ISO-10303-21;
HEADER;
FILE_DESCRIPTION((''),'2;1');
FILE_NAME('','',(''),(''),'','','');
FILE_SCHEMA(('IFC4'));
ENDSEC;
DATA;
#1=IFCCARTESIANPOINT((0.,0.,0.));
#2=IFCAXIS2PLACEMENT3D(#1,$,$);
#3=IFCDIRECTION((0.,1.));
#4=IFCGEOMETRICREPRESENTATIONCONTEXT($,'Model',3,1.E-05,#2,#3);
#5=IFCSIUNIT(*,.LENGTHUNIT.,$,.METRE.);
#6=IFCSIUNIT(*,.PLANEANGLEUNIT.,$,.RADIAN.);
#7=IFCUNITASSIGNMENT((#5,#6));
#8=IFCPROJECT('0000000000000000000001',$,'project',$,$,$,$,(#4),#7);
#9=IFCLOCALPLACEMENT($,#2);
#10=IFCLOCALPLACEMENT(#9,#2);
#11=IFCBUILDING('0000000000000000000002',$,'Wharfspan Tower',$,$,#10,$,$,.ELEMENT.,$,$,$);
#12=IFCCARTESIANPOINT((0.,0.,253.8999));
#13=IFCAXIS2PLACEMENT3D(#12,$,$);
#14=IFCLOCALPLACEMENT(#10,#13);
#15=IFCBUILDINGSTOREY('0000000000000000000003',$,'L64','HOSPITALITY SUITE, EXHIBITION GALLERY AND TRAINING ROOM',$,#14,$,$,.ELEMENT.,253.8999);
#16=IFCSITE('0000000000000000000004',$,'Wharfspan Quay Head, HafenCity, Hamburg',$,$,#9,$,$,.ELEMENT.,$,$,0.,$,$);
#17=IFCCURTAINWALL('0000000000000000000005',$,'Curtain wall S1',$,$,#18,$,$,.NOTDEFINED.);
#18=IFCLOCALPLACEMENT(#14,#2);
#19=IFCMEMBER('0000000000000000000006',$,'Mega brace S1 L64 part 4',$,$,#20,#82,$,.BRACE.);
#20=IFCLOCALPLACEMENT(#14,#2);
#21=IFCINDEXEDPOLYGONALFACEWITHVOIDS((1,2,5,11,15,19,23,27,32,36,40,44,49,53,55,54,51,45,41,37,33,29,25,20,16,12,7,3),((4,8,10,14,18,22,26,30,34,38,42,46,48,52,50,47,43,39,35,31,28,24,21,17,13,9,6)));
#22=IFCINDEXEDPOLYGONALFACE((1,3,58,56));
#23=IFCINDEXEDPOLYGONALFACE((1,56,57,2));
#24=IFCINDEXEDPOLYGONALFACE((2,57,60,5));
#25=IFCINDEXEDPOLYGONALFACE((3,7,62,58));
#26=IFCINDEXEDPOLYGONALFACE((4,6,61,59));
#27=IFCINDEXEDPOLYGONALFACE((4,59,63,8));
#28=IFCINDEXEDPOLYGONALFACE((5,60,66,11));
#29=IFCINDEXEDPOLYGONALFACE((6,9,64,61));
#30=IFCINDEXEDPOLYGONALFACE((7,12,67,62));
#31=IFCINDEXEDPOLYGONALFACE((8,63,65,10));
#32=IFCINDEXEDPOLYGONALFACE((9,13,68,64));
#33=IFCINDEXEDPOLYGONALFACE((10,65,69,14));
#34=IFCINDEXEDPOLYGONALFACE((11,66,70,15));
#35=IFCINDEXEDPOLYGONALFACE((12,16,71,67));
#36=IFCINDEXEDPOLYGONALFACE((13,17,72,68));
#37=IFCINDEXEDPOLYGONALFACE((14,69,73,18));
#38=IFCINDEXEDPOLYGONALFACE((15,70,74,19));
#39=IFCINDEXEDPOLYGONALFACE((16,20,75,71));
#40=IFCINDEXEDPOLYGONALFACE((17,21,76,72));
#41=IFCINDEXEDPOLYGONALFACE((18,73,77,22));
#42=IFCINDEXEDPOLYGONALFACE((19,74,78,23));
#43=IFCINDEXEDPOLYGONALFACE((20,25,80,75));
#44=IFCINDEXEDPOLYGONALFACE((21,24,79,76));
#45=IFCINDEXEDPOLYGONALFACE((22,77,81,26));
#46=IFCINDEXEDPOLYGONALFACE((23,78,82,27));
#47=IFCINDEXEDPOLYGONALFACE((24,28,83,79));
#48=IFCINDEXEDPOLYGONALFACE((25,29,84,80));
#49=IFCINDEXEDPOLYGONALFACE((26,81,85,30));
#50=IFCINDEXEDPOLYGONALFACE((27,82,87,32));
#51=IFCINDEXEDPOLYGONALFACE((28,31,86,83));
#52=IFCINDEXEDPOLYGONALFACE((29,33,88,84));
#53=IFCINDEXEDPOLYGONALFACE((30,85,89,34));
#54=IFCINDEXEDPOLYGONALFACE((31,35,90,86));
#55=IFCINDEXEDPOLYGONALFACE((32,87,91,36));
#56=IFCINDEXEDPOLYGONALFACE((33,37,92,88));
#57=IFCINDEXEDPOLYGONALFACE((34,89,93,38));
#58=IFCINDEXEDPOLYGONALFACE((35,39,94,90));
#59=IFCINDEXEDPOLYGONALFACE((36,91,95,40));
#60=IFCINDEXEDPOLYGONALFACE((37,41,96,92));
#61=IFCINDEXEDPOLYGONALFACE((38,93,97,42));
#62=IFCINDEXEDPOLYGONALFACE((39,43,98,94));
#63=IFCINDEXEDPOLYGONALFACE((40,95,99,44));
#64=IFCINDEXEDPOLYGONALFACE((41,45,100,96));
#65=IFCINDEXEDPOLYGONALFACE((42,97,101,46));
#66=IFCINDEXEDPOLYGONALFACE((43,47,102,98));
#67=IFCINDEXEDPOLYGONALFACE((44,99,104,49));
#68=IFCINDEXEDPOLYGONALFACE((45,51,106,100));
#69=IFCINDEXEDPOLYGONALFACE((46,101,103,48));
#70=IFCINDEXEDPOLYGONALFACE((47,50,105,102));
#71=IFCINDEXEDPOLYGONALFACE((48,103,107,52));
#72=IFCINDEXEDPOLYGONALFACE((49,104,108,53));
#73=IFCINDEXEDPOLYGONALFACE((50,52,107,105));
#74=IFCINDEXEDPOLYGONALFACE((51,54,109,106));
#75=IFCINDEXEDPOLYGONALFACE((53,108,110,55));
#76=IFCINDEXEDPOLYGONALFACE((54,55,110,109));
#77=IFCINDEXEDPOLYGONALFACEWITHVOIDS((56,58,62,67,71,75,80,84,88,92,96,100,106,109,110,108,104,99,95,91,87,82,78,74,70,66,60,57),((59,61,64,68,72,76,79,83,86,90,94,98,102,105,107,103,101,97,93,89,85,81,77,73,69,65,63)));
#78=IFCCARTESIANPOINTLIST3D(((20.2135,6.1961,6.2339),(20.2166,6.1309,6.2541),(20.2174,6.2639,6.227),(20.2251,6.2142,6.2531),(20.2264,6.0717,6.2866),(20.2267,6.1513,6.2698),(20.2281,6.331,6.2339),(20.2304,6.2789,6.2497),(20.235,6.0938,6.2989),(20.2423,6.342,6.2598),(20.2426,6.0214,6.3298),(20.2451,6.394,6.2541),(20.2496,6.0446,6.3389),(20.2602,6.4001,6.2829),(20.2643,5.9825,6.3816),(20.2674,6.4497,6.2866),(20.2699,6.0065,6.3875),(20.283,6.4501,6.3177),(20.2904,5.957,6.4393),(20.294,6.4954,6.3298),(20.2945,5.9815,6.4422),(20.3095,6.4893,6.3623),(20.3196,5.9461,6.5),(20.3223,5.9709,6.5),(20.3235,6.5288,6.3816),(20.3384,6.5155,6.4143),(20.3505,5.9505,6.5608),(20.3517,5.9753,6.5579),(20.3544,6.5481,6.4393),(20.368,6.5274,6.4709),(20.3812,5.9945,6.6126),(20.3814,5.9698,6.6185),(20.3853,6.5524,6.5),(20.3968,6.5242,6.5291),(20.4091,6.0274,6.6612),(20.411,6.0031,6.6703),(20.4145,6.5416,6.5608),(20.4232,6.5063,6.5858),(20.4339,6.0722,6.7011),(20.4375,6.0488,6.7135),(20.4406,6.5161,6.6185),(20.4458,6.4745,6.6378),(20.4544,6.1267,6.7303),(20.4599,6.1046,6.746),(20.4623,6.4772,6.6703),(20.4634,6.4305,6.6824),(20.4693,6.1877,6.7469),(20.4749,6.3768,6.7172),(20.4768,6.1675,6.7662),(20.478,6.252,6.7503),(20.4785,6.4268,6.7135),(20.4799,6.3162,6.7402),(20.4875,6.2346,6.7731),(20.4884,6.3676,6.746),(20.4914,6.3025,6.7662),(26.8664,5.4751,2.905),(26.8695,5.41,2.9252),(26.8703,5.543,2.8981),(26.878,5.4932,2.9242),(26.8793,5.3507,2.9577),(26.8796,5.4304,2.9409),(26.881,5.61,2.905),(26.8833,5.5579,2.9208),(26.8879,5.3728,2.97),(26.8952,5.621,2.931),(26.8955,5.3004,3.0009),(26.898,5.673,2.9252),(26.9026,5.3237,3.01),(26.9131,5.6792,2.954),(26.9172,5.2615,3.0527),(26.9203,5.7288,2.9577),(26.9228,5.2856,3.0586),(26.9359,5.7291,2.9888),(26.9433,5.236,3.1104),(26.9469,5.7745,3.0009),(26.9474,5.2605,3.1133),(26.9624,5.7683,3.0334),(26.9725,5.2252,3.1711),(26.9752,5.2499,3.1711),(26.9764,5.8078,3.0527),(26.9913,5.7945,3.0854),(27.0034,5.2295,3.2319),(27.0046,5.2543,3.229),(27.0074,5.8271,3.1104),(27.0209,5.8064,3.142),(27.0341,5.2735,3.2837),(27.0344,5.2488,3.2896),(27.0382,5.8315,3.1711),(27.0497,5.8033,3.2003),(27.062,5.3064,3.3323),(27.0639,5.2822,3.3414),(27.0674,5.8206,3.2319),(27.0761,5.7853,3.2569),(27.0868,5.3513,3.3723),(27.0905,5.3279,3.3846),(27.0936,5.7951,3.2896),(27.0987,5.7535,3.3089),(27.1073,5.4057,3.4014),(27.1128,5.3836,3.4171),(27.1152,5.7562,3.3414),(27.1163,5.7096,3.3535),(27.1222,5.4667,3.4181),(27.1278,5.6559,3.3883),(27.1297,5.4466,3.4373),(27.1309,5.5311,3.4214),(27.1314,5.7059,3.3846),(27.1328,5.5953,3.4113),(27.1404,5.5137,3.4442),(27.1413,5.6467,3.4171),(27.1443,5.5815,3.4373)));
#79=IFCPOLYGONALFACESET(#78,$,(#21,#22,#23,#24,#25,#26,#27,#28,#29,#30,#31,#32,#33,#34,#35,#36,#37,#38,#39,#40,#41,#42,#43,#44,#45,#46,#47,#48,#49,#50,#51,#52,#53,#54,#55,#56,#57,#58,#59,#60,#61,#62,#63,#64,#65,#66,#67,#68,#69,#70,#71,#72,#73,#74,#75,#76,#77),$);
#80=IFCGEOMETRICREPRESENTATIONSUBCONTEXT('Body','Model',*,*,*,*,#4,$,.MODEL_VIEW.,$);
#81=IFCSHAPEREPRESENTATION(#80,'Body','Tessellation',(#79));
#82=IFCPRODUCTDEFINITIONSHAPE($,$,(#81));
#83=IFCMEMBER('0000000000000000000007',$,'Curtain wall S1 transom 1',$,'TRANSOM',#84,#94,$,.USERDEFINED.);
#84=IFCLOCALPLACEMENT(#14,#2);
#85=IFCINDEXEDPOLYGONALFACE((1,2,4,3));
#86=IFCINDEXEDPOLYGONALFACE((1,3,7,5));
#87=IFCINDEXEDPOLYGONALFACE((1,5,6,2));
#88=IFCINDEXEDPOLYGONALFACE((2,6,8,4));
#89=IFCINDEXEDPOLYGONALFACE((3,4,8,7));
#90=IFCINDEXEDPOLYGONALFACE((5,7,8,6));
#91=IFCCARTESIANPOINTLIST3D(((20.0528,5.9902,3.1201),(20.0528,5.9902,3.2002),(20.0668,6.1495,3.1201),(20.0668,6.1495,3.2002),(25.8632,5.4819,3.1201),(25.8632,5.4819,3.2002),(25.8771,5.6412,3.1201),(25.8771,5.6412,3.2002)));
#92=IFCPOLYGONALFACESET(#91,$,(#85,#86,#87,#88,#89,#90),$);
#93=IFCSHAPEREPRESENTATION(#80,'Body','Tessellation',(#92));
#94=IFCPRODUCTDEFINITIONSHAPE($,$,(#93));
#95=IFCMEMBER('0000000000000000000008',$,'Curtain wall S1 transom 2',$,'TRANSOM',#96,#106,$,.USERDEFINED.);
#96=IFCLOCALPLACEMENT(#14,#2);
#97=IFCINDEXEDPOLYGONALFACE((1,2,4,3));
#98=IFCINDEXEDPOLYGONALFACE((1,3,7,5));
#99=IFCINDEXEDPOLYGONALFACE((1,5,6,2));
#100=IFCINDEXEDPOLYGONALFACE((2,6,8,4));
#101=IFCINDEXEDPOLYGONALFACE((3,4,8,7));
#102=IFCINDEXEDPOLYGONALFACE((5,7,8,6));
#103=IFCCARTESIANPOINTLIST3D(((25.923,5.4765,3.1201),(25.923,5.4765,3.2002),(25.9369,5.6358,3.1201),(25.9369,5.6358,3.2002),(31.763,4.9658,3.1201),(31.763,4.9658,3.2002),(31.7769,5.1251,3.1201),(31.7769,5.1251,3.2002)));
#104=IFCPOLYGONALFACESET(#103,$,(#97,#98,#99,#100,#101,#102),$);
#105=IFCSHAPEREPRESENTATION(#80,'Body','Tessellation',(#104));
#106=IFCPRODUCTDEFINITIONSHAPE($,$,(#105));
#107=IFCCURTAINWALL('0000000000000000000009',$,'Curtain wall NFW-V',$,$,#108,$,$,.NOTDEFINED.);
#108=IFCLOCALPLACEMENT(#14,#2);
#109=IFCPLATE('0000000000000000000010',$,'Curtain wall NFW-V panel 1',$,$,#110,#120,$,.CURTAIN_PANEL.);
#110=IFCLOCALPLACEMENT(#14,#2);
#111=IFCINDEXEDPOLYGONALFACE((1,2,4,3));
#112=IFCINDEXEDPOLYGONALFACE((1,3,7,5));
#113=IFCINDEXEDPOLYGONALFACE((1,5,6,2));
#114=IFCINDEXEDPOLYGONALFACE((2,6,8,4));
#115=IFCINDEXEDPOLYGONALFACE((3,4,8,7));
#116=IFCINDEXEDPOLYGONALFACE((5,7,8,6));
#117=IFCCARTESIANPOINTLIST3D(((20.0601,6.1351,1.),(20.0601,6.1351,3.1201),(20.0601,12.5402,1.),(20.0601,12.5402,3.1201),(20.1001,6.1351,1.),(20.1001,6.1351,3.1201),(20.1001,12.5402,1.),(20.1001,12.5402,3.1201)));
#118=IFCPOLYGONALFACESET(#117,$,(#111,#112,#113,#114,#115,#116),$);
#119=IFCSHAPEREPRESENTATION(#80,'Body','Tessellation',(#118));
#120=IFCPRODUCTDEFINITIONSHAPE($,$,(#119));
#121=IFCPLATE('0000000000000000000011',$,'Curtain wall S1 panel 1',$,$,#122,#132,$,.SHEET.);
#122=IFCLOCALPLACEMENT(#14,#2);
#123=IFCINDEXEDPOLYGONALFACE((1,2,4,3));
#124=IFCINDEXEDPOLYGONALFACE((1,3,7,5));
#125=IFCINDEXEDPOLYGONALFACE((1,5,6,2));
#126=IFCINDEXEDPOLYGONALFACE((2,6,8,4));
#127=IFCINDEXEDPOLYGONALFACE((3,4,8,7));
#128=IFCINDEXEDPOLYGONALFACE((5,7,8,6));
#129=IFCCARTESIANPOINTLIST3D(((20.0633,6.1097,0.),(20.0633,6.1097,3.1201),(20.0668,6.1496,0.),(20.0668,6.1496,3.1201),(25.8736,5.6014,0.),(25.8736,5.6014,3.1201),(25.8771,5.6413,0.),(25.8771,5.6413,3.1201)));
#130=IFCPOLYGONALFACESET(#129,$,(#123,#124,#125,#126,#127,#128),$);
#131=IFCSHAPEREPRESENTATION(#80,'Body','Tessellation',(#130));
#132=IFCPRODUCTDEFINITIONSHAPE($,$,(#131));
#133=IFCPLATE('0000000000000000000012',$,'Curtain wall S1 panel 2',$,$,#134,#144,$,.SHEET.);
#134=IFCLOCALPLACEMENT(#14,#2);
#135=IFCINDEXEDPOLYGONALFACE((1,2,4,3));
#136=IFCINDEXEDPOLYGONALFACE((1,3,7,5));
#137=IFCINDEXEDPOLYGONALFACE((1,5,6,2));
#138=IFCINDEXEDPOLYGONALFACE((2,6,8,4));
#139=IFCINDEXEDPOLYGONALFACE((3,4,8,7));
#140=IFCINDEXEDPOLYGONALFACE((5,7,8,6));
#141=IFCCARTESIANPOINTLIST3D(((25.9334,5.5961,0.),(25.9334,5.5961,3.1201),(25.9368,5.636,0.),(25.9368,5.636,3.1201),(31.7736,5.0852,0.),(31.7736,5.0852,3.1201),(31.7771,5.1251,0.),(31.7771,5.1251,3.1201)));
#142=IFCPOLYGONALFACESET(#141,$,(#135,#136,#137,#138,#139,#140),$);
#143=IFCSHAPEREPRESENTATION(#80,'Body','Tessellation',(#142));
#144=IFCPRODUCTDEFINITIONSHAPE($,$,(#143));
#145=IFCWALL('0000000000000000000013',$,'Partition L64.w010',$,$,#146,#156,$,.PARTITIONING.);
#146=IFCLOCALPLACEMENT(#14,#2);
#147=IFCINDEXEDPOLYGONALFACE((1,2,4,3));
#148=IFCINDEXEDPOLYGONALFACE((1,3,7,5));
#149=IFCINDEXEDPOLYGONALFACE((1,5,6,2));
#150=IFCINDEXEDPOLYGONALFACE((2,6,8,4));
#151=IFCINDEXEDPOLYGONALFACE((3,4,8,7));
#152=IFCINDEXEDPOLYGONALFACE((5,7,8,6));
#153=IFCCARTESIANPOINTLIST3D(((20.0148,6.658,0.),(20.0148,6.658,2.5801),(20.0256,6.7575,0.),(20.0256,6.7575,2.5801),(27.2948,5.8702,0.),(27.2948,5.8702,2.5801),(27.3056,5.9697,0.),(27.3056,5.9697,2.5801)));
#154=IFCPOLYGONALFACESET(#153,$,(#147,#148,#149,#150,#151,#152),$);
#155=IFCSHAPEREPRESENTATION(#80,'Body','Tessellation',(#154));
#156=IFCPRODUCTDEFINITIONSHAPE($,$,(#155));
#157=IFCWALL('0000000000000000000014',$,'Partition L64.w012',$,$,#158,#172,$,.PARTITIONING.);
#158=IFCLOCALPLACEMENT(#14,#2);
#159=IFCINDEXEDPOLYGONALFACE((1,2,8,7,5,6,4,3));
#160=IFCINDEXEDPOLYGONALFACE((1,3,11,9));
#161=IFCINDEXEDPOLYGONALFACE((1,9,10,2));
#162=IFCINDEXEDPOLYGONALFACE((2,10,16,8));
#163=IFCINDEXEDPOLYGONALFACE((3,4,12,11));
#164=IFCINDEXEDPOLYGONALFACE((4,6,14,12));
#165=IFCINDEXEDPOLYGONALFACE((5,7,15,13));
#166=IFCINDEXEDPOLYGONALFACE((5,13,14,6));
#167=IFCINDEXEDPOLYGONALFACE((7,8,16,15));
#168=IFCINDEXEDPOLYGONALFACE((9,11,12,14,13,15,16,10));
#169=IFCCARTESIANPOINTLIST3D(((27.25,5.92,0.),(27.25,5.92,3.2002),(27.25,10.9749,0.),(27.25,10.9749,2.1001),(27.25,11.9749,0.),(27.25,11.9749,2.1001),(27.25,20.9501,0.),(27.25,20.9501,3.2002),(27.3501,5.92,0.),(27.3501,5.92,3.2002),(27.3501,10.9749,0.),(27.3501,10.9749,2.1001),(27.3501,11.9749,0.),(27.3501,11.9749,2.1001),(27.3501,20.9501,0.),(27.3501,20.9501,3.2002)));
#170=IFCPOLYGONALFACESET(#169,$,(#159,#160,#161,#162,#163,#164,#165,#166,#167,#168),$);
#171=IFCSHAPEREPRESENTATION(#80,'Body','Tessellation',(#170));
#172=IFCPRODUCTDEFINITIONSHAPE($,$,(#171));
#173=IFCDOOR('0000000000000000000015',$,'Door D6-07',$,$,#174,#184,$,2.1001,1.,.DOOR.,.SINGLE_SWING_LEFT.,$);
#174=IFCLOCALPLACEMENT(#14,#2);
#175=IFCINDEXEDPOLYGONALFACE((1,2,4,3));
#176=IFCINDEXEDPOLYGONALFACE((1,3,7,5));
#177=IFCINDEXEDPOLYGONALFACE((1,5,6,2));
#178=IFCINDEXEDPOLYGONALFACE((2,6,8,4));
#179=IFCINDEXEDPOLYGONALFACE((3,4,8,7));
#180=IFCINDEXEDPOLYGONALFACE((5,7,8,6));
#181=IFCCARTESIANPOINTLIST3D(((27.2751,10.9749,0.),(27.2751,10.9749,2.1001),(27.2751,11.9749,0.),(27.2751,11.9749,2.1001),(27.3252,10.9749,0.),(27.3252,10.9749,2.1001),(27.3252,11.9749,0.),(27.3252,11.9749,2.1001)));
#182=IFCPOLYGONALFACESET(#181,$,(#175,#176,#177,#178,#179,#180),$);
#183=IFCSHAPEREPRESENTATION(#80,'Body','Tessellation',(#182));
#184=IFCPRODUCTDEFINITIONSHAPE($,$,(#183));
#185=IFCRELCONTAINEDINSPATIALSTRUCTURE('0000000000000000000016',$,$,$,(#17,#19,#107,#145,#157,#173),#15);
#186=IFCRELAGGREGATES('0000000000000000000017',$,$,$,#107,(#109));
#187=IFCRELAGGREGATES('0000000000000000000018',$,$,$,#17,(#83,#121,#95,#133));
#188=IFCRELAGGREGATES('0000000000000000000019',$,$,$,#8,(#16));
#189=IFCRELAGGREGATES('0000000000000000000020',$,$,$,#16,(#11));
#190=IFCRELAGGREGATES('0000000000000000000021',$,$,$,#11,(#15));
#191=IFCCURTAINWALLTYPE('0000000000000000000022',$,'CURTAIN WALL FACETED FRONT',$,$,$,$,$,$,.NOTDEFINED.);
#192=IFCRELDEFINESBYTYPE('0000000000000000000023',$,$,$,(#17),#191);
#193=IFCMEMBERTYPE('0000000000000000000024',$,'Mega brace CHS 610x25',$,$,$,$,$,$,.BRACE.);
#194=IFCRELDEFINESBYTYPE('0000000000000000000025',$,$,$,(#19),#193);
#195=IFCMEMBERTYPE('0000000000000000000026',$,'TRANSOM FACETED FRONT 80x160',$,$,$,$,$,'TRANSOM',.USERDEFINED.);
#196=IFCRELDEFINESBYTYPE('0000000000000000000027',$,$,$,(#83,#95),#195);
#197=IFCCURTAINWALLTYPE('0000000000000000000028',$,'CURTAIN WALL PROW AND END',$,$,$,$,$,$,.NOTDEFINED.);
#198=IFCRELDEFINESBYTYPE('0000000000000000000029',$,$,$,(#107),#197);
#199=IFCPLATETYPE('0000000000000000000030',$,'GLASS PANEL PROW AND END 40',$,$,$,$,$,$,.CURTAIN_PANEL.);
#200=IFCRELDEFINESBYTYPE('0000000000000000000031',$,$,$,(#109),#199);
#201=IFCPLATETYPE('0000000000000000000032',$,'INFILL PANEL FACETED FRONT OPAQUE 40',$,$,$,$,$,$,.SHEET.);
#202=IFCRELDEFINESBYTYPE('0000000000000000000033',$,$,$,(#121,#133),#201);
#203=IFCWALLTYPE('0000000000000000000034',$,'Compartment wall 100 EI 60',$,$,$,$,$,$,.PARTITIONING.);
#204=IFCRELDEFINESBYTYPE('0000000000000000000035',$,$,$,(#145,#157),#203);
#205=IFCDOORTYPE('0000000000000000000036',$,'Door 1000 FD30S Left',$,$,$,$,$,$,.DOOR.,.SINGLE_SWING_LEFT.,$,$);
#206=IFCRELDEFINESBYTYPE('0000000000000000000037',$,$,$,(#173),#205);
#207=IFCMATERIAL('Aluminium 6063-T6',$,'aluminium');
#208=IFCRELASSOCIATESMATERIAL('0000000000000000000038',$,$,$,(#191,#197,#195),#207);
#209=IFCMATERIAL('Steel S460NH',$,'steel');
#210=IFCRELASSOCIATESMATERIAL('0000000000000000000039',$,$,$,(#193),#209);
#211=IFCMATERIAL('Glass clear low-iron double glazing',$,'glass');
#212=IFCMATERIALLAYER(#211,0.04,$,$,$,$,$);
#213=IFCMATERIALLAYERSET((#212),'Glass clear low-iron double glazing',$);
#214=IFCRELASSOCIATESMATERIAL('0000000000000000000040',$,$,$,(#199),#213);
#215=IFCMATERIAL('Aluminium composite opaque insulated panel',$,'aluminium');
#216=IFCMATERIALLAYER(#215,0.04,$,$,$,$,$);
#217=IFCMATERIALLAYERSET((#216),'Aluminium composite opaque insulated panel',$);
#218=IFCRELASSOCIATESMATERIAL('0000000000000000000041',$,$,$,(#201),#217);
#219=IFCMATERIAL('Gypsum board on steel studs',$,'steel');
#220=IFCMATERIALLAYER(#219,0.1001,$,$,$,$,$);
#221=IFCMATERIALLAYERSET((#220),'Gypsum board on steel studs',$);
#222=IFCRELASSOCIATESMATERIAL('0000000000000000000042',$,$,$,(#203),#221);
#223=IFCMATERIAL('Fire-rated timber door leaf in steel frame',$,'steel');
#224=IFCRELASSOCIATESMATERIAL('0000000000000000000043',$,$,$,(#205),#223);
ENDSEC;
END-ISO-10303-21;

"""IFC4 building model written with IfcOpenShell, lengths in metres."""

from ifc_helpers import new_model, si_unit, direction, frame, frame_2d, origin, origin_2d, place, context, subcontext, project, spatial, rectangle, hollow_circle, extrude, material, layer, layer_set, material_profile, profile_set, type_object, element, fill, aggregate, save


model = new_model("IFC4")

# Units and contexts
model_context = context("Model", 3, precision=1e-05, world=origin(), true_north=direction((0.0, 1.0)))
body_context = subcontext(model_context, "Body", "Model", "MODEL_VIEW")
ifc_project = project(units=[si_unit("LENGTHUNIT", "METRE"), si_unit("PLANEANGLEUNIT", "RADIAN")], contexts=[model_context])

# Site, building, storey
site_placement = place(None, origin())
site = spatial("IfcSite", under=ifc_project, at=site_placement, Name="Wharfspan Quay Head, HafenCity, Hamburg", CompositionType="ELEMENT", RefElevation=0.0)
building_placement = place(site_placement, origin())
building = spatial("IfcBuilding", under=site, at=building_placement, Name="Wharfspan Tower", CompositionType="ELEMENT")
storey_placement = place(building_placement, frame((0.0, 0.0, 253.8999)))
storey = spatial("IfcBuildingStorey", under=building, at=storey_placement, Name="L64", Description="HOSPITALITY SUITE, EXHIBITION GALLERY AND TRAINING ROOM", CompositionType="ELEMENT", Elevation=253.8999)

# Shared definitions
ifc_material_1 = material(Name="Steel S460NH", Category="steel")

# Curtain wall
ifc_material_2 = material(Name="Aluminium 6063-T6", Category="aluminium")
curtain_wall_type_1 = type_object("IfcCurtainWallType", Name="CURTAIN WALL FACETED FRONT", PredefinedType="NOTDEFINED", material=ifc_material_2)
curtain_wall_1_placement = place(storey_placement, origin())
curtain_wall_1 = element("IfcCurtainWall", 1, at=curtain_wall_1_placement, inside=storey, type_object=curtain_wall_type_1, Name="Curtain wall S1", PredefinedType="NOTDEFINED")

# Member
ifc_material_profile_1 = material_profile(ifc_material_1, hollow_circle(Radius=0.3049, WallThickness=0.0249, at=origin_2d()))
ifc_profile_set_1 = profile_set([ifc_material_profile_1], Name="Steel S460NH")
member_type_1 = type_object("IfcMemberType", Name="Mega brace CHS 610x25", PredefinedType="BRACE", material=ifc_profile_set_1)
for number, where, z_axis, x_axis, name in (
    (2, (27.0054, 5.5283, 3.1711), (-0.890126, 0.09646, 0.445389), (-0.107737, -0.99418, -0.000002), "Mega brace S1 L64 part 4"),
):
    element("IfcMember", number, at=place(storey_placement, frame(where, z_axis=z_axis, x_axis=x_axis)), inside=storey, type_object=member_type_1, Name=name, PredefinedType="BRACE", context=body_context, shape_type="SweptSolid", body=[
        extrude(hollow_circle(Radius=0.3049, WallThickness=0.0249, at=origin_2d()), origin(), (0.0, 0.0, 1.0), 7.4741),
    ])

# Members
ifc_material_profile_2 = material_profile(ifc_material_2, rectangle(XDim=0.1599, YDim=0.0801, at=origin_2d()))
ifc_profile_set_2 = profile_set([ifc_material_profile_2], Name="Aluminium 6063-T6")
member_type_2 = type_object("IfcMemberType", Name="TRANSOM FACETED FRONT 80x160", ElementType="TRANSOM", PredefinedType="USERDEFINED", material=ifc_profile_set_2)
member_1_placement = place(storey_placement, frame((20.0598, 6.0698, 3.1602), z_axis=(0.996195, -0.08715, 0.0), x_axis=(0.08715, 0.996195, 0.0)))
member_1 = element("IfcMember", 3, at=member_1_placement, type_object=member_type_2, Name="Curtain wall S1 transom 1", ObjectType="TRANSOM", PredefinedType="USERDEFINED", context=body_context, shape_type="SweptSolid", body=[
    extrude(rectangle(XDim=0.1599, YDim=0.0801, at=origin_2d()), origin(), (0.0, 0.0, 1.0), 5.8325),
])
member_2_placement = place(storey_placement, frame((25.9299, 5.5562, 3.1602), z_axis=(0.996198, -0.087122, 0.0), x_axis=(0.087122, 0.996198, 0.0)))
member_2 = element("IfcMember", 4, at=member_2_placement, type_object=member_type_2, Name="Curtain wall S1 transom 2", ObjectType="TRANSOM", PredefinedType="USERDEFINED", context=body_context, shape_type="SweptSolid", body=[
    extrude(rectangle(XDim=0.1599, YDim=0.0801, at=origin_2d()), origin(), (0.0, 0.0, 1.0), 5.8623),
])

# Curtain wall, plate
curtain_wall_type_2 = type_object("IfcCurtainWallType", Name="CURTAIN WALL PROW AND END", PredefinedType="NOTDEFINED", material=ifc_material_2)
curtain_wall_2_placement = place(storey_placement, origin())
curtain_wall_2 = element("IfcCurtainWall", 5, at=curtain_wall_2_placement, inside=storey, type_object=curtain_wall_type_2, Name="Curtain wall NFW-V", PredefinedType="NOTDEFINED")
ifc_material_3 = material(Name="Glass clear low-iron double glazing", Category="glass")
ifc_layer_1 = layer(ifc_material_3, 0.04)
ifc_layer_set_1 = layer_set([ifc_layer_1], Name="Glass clear low-iron double glazing")
plate_type_1 = type_object("IfcPlateType", Name="GLASS PANEL PROW AND END 40", PredefinedType="CURTAIN_PANEL", material=ifc_layer_set_1)
plate_1_placement = place(storey_placement, frame((20.0801, 9.3376, 1.0), z_axis=(0.0, 0.0, 1.0), x_axis=(0.0, -1.0, 0.0)))
plate_1 = element("IfcPlate", 6, at=plate_1_placement, type_object=plate_type_1, Name="Curtain wall NFW-V panel 1", PredefinedType="CURTAIN_PANEL", context=body_context, shape_type="SweptSolid", body=[
    extrude(rectangle(XDim=6.405, YDim=0.04, at=origin_2d()), origin(), (0.0, 0.0, 1.0), 2.1201),
])
aggregate(curtain_wall_2, [plate_1])

# Plates
ifc_material_4 = material(Name="Aluminium composite opaque insulated panel", Category="aluminium")
ifc_layer_2 = layer(ifc_material_4, 0.04)
ifc_layer_set_2 = layer_set([ifc_layer_2], Name="Aluminium composite opaque insulated panel")
plate_type_2 = type_object("IfcPlateType", Name="INFILL PANEL FACETED FRONT OPAQUE 40", PredefinedType="SHEET", material=ifc_layer_set_2)
plate_2_placement = place(storey_placement, frame((22.9702, 5.8755, 0.0), z_axis=(0.0, 0.0, 1.0), x_axis=(0.996197, -0.087156, 0.0)))
plate_2 = element("IfcPlate", 7, at=plate_2_placement, type_object=plate_type_2, Name="Curtain wall S1 panel 1", PredefinedType="SHEET", context=body_context, shape_type="SweptSolid", body=[
    extrude(rectangle(XDim=5.8325, YDim=0.04, at=origin_2d()), origin(), (0.0, 0.0, 1.0), 3.1201),
])
plate_3_placement = place(storey_placement, frame((28.8552, 5.3606, 0.0), z_axis=(0.0, 0.0, 1.0), x_axis=(0.996197, -0.087156, 0.0)))
plate_3 = element("IfcPlate", 8, at=plate_3_placement, type_object=plate_type_2, Name="Curtain wall S1 panel 2", PredefinedType="SHEET", context=body_context, shape_type="SweptSolid", body=[
    extrude(rectangle(XDim=5.8625, YDim=0.04, at=origin_2d()), origin(), (0.0, 0.0, 1.0), 3.1201),
])
aggregate(curtain_wall_1, [member_1, plate_2, member_2, plate_3])

# Wall
ifc_material_5 = material(Name="Gypsum board on steel studs", Category="steel")
ifc_layer_3 = layer(ifc_material_5, 0.1001)
ifc_layer_set_3 = layer_set([ifc_layer_3], Name="Gypsum board on steel studs")
wall_type_1 = type_object("IfcWallType", Name="Compartment wall 100 EI 60", PredefinedType="PARTITIONING", material=ifc_layer_set_3)
wall_1_placement = place(storey_placement, frame((27.3, 5.9199, 0.0), z_axis=(0.0, 0.0, 1.0), x_axis=(-0.994192, 0.107591, 0.0)))
element("IfcWall", 9, at=wall_1_placement, inside=storey, type_object=wall_type_1, Name="Partition L64.w010", PredefinedType="PARTITIONING", context=body_context, shape_type="SweptSolid", body=[
    extrude(rectangle(XDim=7.3225, YDim=0.1001, at=frame_2d((3.6611, 0.0))), origin(), (0.0, 0.0, 1.0), 2.5801),
])

# Wall, opening, door
wall_2_placement = place(storey_placement, frame((27.3, 5.9199, 0.0), z_axis=(0.0, 0.0, 1.0), x_axis=(0.0, 1.0, 0.0)))
wall_2 = element("IfcWall", 10, at=wall_2_placement, inside=storey, type_object=wall_type_1, Name="Partition L64.w012", PredefinedType="PARTITIONING", context=body_context, shape_type="SweptSolid", body=[
    extrude(rectangle(XDim=15.03, YDim=0.1001, at=frame_2d((7.5151, 0.0))), origin(), (0.0, 0.0, 1.0), 3.2002),
])
opening_1_placement = place(wall_2_placement, frame((5.0549, 0.0, 0.0)))
opening_1 = element("IfcOpeningElement", 11, at=opening_1_placement, cuts=wall_2, PredefinedType="OPENING", context=body_context, shape_type="SweptSolid", body=[
    extrude(rectangle(XDim=1.0, YDim=2.1001, at=frame_2d((0.5, 1.05))), frame((0.0, 0.0601, 0.0), z_axis=(0.0, -1.0, 0.0), x_axis=(1.0, 0.0, 0.0)), (0.0, 0.0, 1.0), 0.1201),
])
ifc_material_6 = material(Name="Fire-rated timber door leaf in steel frame", Category="steel")
door_type_1 = type_object("IfcDoorType", Name="Door 1000 FD30S Left", OperationType="SINGLE_SWING_LEFT", PredefinedType="DOOR", material=ifc_material_6)
door_1_placement = place(opening_1_placement, origin())
door_1 = element("IfcDoor", 12, at=door_1_placement, inside=storey, type_object=door_type_1, Name="Door D6-07", OperationType="SINGLE_SWING_LEFT", OverallHeight=2.1001, OverallWidth=1.0, PredefinedType="DOOR", context=body_context, shape_type="SweptSolid", body=[
    extrude(rectangle(XDim=1.0, YDim=2.1001, at=frame_2d((0.5, 1.05))), frame((0.0, 0.0249, 0.0), z_axis=(0.0, -1.0, 0.0), x_axis=(1.0, 0.0, 0.0)), (0.0, 0.0, 1.0), 0.05),
])
fill(opening_1, door_1)

save(model, "model.ifc")
